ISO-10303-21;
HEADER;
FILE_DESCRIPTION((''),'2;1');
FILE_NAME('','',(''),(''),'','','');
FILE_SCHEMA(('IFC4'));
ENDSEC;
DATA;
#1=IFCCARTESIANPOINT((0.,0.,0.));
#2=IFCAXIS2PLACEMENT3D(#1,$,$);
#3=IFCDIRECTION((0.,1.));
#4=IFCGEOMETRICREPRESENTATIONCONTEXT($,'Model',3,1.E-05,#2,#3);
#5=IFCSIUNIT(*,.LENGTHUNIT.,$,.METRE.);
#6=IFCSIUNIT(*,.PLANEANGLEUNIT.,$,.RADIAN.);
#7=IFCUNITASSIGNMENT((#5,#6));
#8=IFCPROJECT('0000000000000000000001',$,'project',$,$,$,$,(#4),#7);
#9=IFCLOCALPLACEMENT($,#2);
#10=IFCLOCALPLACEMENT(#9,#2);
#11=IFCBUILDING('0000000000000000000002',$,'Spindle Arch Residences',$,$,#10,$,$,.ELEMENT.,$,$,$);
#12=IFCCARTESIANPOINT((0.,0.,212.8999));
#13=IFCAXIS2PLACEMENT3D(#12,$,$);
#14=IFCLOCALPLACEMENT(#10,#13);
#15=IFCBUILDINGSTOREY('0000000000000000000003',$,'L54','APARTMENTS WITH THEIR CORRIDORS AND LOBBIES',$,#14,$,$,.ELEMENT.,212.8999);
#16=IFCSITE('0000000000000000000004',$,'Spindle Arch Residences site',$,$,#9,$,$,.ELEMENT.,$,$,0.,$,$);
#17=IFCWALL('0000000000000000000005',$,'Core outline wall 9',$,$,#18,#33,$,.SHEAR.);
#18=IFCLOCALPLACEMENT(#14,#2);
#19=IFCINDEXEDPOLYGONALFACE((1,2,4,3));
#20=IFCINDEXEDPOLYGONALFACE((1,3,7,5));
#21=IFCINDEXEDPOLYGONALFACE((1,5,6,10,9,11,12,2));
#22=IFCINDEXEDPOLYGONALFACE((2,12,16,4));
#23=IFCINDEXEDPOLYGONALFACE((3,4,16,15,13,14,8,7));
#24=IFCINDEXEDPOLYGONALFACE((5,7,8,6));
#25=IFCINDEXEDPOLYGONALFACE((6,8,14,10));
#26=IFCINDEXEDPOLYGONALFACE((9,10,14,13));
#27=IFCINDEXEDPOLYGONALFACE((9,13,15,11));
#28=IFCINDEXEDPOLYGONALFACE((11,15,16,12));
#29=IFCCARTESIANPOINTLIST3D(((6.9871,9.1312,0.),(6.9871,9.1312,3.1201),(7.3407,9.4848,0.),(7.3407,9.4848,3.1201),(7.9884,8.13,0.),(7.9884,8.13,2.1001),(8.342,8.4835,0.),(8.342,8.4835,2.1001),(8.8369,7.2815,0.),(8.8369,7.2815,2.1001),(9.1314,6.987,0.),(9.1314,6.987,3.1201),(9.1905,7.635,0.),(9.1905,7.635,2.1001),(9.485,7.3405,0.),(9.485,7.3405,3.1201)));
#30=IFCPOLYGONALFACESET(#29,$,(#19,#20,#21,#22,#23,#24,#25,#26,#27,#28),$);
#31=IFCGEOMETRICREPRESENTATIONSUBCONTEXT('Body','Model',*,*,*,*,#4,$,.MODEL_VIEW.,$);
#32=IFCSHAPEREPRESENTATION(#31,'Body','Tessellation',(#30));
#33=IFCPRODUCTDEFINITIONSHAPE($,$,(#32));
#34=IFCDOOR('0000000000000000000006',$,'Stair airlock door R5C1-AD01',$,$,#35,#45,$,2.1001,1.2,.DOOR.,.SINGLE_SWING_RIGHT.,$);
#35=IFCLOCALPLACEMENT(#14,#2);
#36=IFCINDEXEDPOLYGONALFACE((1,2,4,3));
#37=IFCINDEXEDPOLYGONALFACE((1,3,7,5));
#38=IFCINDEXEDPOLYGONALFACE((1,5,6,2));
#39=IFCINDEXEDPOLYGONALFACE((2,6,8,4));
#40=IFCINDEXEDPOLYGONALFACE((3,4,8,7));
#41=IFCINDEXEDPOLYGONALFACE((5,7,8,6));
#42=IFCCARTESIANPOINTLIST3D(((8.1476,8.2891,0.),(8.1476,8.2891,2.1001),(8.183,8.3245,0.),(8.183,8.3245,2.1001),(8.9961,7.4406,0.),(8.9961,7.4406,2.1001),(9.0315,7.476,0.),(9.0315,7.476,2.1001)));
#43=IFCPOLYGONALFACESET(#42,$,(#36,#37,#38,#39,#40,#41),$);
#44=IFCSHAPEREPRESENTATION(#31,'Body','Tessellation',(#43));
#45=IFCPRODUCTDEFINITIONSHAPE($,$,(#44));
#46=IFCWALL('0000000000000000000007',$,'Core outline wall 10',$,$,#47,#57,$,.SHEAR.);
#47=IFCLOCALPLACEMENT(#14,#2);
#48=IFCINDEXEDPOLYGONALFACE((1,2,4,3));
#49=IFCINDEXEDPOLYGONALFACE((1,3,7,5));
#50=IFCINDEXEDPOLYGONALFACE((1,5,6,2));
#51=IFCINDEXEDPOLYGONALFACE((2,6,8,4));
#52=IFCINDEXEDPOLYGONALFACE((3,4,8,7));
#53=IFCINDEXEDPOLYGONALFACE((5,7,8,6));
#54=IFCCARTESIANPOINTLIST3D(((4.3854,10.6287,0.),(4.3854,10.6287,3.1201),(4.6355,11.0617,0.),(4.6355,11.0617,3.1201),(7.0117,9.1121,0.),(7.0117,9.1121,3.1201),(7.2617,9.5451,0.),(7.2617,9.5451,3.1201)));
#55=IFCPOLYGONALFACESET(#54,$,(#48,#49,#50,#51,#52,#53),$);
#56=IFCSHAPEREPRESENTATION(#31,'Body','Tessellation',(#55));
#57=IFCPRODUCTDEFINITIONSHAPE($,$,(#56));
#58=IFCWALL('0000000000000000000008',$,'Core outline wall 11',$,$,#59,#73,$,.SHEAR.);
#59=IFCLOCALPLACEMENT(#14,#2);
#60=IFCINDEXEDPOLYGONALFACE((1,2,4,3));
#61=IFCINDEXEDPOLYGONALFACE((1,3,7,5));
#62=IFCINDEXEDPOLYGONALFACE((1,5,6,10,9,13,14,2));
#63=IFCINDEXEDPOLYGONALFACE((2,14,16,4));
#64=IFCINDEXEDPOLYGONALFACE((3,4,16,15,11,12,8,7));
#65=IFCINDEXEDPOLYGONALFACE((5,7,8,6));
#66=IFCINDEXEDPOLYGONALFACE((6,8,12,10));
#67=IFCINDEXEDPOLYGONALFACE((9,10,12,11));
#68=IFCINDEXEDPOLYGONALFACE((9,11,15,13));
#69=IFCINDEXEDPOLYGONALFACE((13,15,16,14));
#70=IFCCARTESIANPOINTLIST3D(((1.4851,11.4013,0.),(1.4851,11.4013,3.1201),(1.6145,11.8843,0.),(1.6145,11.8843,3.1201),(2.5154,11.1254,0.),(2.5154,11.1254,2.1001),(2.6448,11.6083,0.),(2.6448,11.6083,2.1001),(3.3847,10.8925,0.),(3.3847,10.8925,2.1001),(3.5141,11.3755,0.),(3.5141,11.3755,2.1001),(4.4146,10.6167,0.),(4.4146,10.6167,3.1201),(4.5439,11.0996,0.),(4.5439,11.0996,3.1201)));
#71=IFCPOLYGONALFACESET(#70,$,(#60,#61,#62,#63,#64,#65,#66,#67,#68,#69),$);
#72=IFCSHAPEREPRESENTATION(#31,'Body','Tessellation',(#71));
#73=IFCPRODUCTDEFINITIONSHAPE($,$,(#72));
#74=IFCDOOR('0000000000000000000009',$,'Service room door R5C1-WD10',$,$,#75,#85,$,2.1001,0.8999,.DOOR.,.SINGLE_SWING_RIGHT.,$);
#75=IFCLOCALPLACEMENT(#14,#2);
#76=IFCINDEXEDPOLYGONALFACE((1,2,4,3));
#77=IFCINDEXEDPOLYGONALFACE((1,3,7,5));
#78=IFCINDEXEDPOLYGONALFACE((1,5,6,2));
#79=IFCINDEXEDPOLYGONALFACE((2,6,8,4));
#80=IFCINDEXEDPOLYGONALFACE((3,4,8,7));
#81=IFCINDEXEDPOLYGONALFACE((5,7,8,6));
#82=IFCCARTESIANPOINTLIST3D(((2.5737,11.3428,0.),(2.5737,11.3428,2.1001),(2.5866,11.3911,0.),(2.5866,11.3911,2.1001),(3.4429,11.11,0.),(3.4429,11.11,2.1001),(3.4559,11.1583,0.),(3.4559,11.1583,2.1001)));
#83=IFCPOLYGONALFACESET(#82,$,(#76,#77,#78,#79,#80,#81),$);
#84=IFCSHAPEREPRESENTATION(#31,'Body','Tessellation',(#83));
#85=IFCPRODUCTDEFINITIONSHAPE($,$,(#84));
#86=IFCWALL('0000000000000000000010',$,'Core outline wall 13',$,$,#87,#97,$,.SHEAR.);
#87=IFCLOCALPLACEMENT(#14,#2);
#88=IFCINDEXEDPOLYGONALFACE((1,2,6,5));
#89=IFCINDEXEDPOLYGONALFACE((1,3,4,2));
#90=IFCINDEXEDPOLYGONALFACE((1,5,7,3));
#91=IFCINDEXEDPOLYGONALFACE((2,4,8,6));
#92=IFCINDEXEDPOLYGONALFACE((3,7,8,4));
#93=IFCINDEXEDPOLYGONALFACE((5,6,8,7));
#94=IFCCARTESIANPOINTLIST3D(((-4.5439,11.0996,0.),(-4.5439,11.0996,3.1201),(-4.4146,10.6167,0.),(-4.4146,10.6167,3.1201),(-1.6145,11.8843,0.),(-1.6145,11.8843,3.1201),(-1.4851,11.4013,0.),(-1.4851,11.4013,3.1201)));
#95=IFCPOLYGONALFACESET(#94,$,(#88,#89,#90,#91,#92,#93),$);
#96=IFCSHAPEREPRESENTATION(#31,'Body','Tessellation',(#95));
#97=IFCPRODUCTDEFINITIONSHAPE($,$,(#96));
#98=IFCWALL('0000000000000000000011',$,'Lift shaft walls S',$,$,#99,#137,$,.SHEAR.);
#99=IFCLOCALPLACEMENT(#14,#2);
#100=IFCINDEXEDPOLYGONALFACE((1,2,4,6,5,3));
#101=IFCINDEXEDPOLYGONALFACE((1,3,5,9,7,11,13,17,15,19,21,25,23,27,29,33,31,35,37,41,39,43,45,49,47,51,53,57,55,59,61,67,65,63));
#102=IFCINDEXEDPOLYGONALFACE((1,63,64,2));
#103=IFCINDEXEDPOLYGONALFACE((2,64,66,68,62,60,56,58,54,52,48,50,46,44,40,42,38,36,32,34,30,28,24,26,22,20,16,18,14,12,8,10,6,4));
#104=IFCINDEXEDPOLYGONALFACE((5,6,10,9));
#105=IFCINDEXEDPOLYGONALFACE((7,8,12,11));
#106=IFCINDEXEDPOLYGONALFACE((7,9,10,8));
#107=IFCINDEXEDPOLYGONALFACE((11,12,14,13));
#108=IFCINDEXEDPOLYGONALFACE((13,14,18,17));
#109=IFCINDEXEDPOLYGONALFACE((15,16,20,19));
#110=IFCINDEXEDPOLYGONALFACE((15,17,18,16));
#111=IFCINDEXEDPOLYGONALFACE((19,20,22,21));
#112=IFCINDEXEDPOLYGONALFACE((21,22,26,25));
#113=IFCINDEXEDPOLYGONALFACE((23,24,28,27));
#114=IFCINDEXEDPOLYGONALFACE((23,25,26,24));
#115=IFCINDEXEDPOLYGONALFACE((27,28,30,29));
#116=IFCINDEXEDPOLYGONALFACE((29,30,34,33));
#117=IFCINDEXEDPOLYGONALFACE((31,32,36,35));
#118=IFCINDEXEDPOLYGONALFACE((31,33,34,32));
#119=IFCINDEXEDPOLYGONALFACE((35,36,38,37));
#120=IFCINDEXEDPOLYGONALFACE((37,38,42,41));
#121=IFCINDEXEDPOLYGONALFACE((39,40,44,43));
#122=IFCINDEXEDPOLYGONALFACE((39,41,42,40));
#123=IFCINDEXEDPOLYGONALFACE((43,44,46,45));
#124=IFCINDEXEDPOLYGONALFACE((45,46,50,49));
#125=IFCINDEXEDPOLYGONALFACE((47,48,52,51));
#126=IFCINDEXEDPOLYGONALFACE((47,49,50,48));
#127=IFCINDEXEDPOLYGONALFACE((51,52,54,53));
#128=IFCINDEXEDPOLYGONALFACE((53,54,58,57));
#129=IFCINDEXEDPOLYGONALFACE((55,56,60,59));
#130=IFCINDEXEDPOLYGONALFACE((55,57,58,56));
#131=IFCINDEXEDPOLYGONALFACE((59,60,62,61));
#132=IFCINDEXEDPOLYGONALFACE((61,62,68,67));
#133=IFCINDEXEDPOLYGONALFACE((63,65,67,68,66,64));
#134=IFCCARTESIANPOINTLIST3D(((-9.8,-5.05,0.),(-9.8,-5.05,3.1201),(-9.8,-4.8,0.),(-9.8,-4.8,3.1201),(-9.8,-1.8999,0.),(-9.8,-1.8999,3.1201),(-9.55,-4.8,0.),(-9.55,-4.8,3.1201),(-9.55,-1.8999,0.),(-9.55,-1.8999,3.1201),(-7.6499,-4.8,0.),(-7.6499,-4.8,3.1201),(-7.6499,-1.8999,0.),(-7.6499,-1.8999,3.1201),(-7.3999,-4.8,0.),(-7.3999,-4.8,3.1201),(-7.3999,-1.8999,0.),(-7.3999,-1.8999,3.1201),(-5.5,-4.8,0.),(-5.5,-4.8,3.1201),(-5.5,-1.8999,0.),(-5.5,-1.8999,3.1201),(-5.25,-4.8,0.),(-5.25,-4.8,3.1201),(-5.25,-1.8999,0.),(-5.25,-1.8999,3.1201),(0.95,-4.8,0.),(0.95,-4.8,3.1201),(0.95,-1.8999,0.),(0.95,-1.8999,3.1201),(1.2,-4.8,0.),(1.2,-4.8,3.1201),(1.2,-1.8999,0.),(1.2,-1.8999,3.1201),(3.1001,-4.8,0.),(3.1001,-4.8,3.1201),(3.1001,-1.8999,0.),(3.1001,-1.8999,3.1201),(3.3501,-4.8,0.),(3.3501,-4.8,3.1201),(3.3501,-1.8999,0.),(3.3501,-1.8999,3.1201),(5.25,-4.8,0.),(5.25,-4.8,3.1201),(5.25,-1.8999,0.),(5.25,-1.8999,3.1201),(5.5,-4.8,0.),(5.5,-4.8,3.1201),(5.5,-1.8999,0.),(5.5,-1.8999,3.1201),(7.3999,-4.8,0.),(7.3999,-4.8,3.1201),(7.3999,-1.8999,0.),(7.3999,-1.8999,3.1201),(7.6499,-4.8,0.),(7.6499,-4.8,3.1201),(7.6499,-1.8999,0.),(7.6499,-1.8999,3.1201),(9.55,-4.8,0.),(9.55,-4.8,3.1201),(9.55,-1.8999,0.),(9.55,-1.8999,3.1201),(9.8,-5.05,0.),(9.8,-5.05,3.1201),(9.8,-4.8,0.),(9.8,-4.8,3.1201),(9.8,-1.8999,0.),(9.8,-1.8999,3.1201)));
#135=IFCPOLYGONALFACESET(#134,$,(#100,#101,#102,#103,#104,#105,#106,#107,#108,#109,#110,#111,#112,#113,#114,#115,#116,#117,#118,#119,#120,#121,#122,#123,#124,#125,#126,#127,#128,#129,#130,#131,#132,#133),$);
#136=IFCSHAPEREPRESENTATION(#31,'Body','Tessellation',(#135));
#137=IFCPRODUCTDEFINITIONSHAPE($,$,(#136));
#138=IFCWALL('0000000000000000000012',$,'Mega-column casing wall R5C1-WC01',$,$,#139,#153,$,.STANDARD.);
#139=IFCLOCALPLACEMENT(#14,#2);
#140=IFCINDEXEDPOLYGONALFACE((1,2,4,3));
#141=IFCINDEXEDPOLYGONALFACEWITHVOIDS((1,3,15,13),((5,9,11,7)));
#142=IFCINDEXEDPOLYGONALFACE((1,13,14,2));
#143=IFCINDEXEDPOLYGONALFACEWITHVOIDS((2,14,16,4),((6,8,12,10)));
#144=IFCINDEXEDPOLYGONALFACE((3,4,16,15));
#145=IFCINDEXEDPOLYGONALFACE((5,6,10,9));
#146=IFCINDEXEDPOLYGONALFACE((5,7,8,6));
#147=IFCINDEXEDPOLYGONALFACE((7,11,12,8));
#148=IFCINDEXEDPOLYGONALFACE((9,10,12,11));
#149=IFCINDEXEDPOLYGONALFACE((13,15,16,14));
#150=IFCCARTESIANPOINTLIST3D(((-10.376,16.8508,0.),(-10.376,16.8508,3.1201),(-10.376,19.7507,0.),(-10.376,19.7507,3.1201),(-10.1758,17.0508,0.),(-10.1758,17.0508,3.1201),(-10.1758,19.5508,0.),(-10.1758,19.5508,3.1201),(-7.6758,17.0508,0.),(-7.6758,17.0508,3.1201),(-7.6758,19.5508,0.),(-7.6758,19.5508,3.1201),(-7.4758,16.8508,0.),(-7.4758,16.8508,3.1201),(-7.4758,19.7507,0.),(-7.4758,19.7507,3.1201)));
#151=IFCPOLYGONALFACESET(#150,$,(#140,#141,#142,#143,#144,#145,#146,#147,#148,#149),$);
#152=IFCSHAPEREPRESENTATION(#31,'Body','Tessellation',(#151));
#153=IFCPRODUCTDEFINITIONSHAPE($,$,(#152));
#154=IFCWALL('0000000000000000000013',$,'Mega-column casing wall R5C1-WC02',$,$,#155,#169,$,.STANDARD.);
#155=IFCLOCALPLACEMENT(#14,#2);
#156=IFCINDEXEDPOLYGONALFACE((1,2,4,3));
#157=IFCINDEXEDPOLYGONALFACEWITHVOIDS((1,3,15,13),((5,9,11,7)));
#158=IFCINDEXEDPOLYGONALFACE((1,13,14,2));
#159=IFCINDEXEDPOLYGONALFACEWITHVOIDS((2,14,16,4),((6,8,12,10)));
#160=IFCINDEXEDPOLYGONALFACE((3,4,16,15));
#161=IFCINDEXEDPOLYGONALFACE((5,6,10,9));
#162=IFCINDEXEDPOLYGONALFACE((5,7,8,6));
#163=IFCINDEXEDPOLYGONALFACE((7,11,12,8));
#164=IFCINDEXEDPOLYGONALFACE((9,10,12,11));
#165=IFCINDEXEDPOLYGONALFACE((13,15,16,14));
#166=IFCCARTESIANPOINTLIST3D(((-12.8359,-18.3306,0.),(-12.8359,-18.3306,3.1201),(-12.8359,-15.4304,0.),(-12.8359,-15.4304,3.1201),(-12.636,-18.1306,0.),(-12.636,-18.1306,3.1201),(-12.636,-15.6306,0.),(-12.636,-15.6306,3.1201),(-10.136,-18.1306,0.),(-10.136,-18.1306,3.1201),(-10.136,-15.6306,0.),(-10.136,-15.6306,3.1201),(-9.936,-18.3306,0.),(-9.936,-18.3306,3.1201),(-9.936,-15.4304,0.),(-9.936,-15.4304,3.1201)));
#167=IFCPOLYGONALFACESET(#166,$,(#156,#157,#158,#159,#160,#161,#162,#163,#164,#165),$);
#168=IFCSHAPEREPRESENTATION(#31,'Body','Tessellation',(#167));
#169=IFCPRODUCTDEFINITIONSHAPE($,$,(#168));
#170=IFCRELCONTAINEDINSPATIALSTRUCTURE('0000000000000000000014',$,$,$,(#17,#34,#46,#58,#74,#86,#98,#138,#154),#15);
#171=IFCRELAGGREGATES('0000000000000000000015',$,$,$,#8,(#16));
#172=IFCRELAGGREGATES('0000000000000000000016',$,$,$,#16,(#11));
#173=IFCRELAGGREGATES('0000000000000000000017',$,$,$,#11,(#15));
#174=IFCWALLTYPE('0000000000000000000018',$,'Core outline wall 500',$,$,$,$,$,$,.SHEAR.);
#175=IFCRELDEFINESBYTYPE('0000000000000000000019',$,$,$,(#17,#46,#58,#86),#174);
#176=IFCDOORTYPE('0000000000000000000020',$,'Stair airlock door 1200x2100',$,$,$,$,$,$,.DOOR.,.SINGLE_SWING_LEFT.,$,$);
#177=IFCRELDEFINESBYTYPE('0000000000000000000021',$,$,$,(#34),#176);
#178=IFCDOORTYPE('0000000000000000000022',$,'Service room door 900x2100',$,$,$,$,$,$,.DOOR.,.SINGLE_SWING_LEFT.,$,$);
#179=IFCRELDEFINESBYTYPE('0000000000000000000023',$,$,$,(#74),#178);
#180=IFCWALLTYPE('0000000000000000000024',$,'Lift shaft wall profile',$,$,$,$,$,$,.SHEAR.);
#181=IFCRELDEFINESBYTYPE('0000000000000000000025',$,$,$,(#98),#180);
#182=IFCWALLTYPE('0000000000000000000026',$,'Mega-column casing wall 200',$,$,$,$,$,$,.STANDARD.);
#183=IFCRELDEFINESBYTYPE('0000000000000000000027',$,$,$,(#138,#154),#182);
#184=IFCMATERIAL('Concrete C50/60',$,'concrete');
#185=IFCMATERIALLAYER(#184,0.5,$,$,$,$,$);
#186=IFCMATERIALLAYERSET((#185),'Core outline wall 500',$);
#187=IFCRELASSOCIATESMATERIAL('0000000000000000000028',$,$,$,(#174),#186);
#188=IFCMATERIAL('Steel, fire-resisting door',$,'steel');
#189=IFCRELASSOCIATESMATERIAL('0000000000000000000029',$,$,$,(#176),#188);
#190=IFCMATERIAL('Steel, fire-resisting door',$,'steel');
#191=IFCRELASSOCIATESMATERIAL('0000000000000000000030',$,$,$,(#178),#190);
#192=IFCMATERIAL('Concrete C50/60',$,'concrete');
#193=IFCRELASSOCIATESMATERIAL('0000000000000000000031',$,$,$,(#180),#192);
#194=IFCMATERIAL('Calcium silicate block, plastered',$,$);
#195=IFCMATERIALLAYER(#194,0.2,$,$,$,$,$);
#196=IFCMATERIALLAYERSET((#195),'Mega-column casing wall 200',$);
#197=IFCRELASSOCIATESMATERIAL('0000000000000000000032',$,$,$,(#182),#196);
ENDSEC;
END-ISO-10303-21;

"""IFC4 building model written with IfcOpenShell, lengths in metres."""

from ifc_helpers import new_model, si_unit, direction, frame, frame_2d, origin, place, context, subcontext, project, spatial, polyline, rectangle, outline, extrude, material, layer, layer_set, type_object, element, fill, save


model = new_model("IFC4")

# Units and contexts
model_context = context("Model", 3, precision=1e-05, world=origin(), true_north=direction((0.0, 1.0)))
body_context = subcontext(model_context, "Body", "Model", "MODEL_VIEW")
ifc_project = project(units=[si_unit("LENGTHUNIT", "METRE"), si_unit("PLANEANGLEUNIT", "RADIAN")], contexts=[model_context])

# Site, building, storey
site_placement = place(None, origin())
site = spatial("IfcSite", under=ifc_project, at=site_placement, Name="Spindle Arch Residences site", CompositionType="ELEMENT", RefElevation=0.0)
building_placement = place(site_placement, origin())
building = spatial("IfcBuilding", under=site, at=building_placement, Name="Spindle Arch Residences", CompositionType="ELEMENT")
storey_placement = place(building_placement, frame((0.0, 0.0, 212.8999)))
storey = spatial("IfcBuildingStorey", under=building, at=storey_placement, Name="L54", Description="APARTMENTS WITH THEIR CORRIDORS AND LOBBIES", CompositionType="ELEMENT", Elevation=212.8999)

# Wall, opening, door
ifc_material_1 = material(Name="Concrete C50/60", Category="concrete")
ifc_layer_1 = layer(ifc_material_1, 0.5)
ifc_layer_set_1 = layer_set([ifc_layer_1], Name="Core outline wall 500")
wall_type_1 = type_object("IfcWallType", Name="Core outline wall 500", PredefinedType="SHEAR", material=ifc_layer_set_1)
wall_1_placement = place(storey_placement, frame((9.3081, 7.1638, 0.0), z_axis=(0.0, 0.0, 1.0), x_axis=(-0.707107, 0.707107, 0.0)))
wall_1 = element("IfcWall", 1, at=wall_1_placement, inside=storey, type_object=wall_type_1, Name="Core outline wall 9", PredefinedType="SHEAR", context=body_context, shape_type="SweptSolid", body=[
    extrude(rectangle(XDim=3.0325, YDim=0.5, at=frame_2d((1.5161, 0.0))), origin(), (0.0, 0.0, 1.0), 3.1201),
])
opening_1_placement = place(wall_1_placement, frame((0.4163, 0.0, 0.0)))
opening_1 = element("IfcOpeningElement", 2, at=opening_1_placement, cuts=wall_1, PredefinedType="OPENING", context=body_context, shape_type="SweptSolid", body=[
    extrude(rectangle(XDim=1.2, YDim=2.1001, at=frame_2d((0.6001, 1.05))), frame((0.0, 0.26, 0.0), z_axis=(0.0, -1.0, 0.0), x_axis=(1.0, 0.0, 0.0)), (0.0, 0.0, 1.0), 0.52),
])
ifc_material_2 = material(Name="Steel, fire-resisting door", Category="steel")
door_type_1 = type_object("IfcDoorType", Name="Stair airlock door 1200x2100", OperationType="SINGLE_SWING_LEFT", PredefinedType="DOOR", material=ifc_material_2)
door_1_placement = place(opening_1_placement, origin())
door_1 = element("IfcDoor", 3, at=door_1_placement, inside=storey, type_object=door_type_1, Name="Stair airlock door R5C1-AD01", OperationType="SINGLE_SWING_RIGHT", OverallHeight=2.1001, OverallWidth=1.2, PredefinedType="DOOR", context=body_context, shape_type="SweptSolid", body=[
    extrude(rectangle(XDim=1.2, YDim=2.1001, at=frame_2d((0.6001, 1.05))), frame((0.0, 0.0249, 0.0), z_axis=(0.0, -1.0, 0.0), x_axis=(1.0, 0.0, 0.0)), (0.0, 0.0, 1.0), 0.05),
])
fill(opening_1, door_1)

# Wall
wall_2_placement = place(storey_placement, frame((7.1367, 9.3286, 0.0), z_axis=(0.0, 0.0, 1.0), x_axis=(-0.865975, 0.500087, 0.0)))
element("IfcWall", 4, at=wall_2_placement, inside=storey, type_object=wall_type_1, Name="Core outline wall 10", PredefinedType="SHEAR", context=body_context, shape_type="SweptSolid", body=[
    extrude(rectangle(XDim=3.0327, YDim=0.5, at=frame_2d((1.5164, 0.0))), origin(), (0.0, 0.0, 1.0), 3.1201),
])

# Wall, opening, door
wall_3_placement = place(storey_placement, frame((4.4792, 10.8582, 0.0), z_axis=(0.0, 0.0, 1.0), x_axis=(-0.965948, 0.258735, 0.0)))
wall_3 = element("IfcWall", 5, at=wall_3_placement, inside=storey, type_object=wall_type_1, Name="Core outline wall 11", PredefinedType="SHEAR", context=body_context, shape_type="SweptSolid", body=[
    extrude(rectangle(XDim=3.0327, YDim=0.5, at=frame_2d((1.5164, 0.0))), origin(), (0.0, 0.0, 1.0), 3.1201),
])
opening_2_placement = place(wall_3_placement, frame((1.0662, 0.0, 0.0)))
opening_2 = element("IfcOpeningElement", 6, at=opening_2_placement, cuts=wall_3, PredefinedType="OPENING", context=body_context, shape_type="SweptSolid", body=[
    extrude(rectangle(XDim=0.8999, YDim=2.1001, at=frame_2d((0.45, 1.05))), frame((0.0, 0.26, 0.0), z_axis=(0.0, -1.0, 0.0), x_axis=(1.0, 0.0, 0.0)), (0.0, 0.0, 1.0), 0.52),
])
ifc_material_3 = material(Name="Steel, fire-resisting door", Category="steel")
door_type_2 = type_object("IfcDoorType", Name="Service room door 900x2100", OperationType="SINGLE_SWING_LEFT", PredefinedType="DOOR", material=ifc_material_3)
door_2_placement = place(opening_2_placement, origin())
door_2 = element("IfcDoor", 7, at=door_2_placement, inside=storey, type_object=door_type_2, Name="Service room door R5C1-WD10", OperationType="SINGLE_SWING_RIGHT", OverallHeight=2.1001, OverallWidth=0.8999, PredefinedType="DOOR", context=body_context, shape_type="SweptSolid", body=[
    extrude(rectangle(XDim=0.8999, YDim=2.1001, at=frame_2d((0.45, 1.05))), frame((0.0, 0.0249, 0.0), z_axis=(0.0, -1.0, 0.0), x_axis=(1.0, 0.0, 0.0)), (0.0, 0.0, 1.0), 0.05),
])
fill(opening_2, door_2)

# Wall
wall_4_placement = place(storey_placement, frame((-1.5498, 11.6428, 0.0), z_axis=(0.0, 0.0, 1.0), x_axis=(-0.965948, -0.258735, 0.0)))
element("IfcWall", 8, at=wall_4_placement, inside=storey, type_object=wall_type_1, Name="Core outline wall 13", PredefinedType="SHEAR", context=body_context, shape_type="SweptSolid", body=[
    extrude(rectangle(XDim=3.0327, YDim=0.5, at=frame_2d((1.5164, 0.0))), origin(), (0.0, 0.0, 1.0), 3.1201),
])

# Walls
ifc_material_4 = material(Name="Concrete C50/60", Category="concrete")
wall_type_2 = type_object("IfcWallType", Name="Lift shaft wall profile", PredefinedType="SHEAR", material=ifc_material_4)
wall_5_placement = place(storey_placement, origin())
element("IfcWall", 9, at=wall_5_placement, inside=storey, type_object=wall_type_2, Name="Lift shaft walls S", PredefinedType="SHEAR", context=body_context, shape_type="SweptSolid", body=[
    extrude(outline(polyline([(9.8, -5.05), (9.8, -4.8), (9.8, -1.8999), (9.55, -1.8999), (9.55, -4.8), (7.6499, -4.8), (7.6499, -1.8999), (7.3999, -1.8999), (7.3999, -4.8), (5.5, -4.8), (5.5, -1.8999), (5.25, -1.8999), (5.25, -4.8), (3.3501, -4.8), (3.3501, -1.8999), (3.1001, -1.8999), (3.1001, -4.8), (1.2, -4.8), (1.2, -1.8999), (0.95, -1.8999), (0.95, -4.8), (-5.25, -4.8), (-5.25, -1.8999), (-5.5, -1.8999), (-5.5, -4.8), (-7.3999, -4.8), (-7.3999, -1.8999), (-7.6499, -1.8999), (-7.6499, -4.8), (-9.55, -4.8), (-9.55, -1.8999), (-9.8, -1.8999), (-9.8, -4.8), (-9.8, -5.05), (9.8, -5.05)])), origin(), (0.0, 0.0, 1.0), 3.1201),
])
ifc_material_5 = material(Name="Calcium silicate block, plastered")
ifc_layer_2 = layer(ifc_material_5, 0.2)
ifc_layer_set_2 = layer_set([ifc_layer_2], Name="Mega-column casing wall 200")
wall_type_3 = type_object("IfcWallType", Name="Mega-column casing wall 200", PredefinedType="STANDARD", material=ifc_layer_set_2)
wall_6_placement = place(storey_placement, origin())
element("IfcWall", 10, at=wall_6_placement, inside=storey, type_object=wall_type_3, Name="Mega-column casing wall R5C1-WC01", PredefinedType="STANDARD", context=body_context, shape_type="SweptSolid", body=[
    extrude(outline(polyline([(-7.4758, 19.7507), (-7.4758, 16.8508), (-10.376, 16.8508), (-10.376, 19.7507), (-7.4758, 19.7507)]), holes=[polyline([(-10.1758, 17.0508), (-7.6758, 17.0508), (-7.6758, 19.5508), (-10.1758, 19.5508), (-10.1758, 17.0508)])]), origin(), (0.0, 0.0, 1.0), 3.1201),
])
wall_7_placement = place(storey_placement, origin())
element("IfcWall", 11, at=wall_7_placement, inside=storey, type_object=wall_type_3, Name="Mega-column casing wall R5C1-WC02", PredefinedType="STANDARD", context=body_context, shape_type="SweptSolid", body=[
    extrude(outline(polyline([(-9.936, -15.4304), (-9.936, -18.3306), (-12.8359, -18.3306), (-12.8359, -15.4304), (-9.936, -15.4304)]), holes=[polyline([(-12.636, -18.1306), (-10.136, -18.1306), (-10.136, -15.6306), (-12.636, -15.6306), (-12.636, -18.1306)])]), origin(), (0.0, 0.0, 1.0), 3.1201),
])

save(model, "model.ifc")
